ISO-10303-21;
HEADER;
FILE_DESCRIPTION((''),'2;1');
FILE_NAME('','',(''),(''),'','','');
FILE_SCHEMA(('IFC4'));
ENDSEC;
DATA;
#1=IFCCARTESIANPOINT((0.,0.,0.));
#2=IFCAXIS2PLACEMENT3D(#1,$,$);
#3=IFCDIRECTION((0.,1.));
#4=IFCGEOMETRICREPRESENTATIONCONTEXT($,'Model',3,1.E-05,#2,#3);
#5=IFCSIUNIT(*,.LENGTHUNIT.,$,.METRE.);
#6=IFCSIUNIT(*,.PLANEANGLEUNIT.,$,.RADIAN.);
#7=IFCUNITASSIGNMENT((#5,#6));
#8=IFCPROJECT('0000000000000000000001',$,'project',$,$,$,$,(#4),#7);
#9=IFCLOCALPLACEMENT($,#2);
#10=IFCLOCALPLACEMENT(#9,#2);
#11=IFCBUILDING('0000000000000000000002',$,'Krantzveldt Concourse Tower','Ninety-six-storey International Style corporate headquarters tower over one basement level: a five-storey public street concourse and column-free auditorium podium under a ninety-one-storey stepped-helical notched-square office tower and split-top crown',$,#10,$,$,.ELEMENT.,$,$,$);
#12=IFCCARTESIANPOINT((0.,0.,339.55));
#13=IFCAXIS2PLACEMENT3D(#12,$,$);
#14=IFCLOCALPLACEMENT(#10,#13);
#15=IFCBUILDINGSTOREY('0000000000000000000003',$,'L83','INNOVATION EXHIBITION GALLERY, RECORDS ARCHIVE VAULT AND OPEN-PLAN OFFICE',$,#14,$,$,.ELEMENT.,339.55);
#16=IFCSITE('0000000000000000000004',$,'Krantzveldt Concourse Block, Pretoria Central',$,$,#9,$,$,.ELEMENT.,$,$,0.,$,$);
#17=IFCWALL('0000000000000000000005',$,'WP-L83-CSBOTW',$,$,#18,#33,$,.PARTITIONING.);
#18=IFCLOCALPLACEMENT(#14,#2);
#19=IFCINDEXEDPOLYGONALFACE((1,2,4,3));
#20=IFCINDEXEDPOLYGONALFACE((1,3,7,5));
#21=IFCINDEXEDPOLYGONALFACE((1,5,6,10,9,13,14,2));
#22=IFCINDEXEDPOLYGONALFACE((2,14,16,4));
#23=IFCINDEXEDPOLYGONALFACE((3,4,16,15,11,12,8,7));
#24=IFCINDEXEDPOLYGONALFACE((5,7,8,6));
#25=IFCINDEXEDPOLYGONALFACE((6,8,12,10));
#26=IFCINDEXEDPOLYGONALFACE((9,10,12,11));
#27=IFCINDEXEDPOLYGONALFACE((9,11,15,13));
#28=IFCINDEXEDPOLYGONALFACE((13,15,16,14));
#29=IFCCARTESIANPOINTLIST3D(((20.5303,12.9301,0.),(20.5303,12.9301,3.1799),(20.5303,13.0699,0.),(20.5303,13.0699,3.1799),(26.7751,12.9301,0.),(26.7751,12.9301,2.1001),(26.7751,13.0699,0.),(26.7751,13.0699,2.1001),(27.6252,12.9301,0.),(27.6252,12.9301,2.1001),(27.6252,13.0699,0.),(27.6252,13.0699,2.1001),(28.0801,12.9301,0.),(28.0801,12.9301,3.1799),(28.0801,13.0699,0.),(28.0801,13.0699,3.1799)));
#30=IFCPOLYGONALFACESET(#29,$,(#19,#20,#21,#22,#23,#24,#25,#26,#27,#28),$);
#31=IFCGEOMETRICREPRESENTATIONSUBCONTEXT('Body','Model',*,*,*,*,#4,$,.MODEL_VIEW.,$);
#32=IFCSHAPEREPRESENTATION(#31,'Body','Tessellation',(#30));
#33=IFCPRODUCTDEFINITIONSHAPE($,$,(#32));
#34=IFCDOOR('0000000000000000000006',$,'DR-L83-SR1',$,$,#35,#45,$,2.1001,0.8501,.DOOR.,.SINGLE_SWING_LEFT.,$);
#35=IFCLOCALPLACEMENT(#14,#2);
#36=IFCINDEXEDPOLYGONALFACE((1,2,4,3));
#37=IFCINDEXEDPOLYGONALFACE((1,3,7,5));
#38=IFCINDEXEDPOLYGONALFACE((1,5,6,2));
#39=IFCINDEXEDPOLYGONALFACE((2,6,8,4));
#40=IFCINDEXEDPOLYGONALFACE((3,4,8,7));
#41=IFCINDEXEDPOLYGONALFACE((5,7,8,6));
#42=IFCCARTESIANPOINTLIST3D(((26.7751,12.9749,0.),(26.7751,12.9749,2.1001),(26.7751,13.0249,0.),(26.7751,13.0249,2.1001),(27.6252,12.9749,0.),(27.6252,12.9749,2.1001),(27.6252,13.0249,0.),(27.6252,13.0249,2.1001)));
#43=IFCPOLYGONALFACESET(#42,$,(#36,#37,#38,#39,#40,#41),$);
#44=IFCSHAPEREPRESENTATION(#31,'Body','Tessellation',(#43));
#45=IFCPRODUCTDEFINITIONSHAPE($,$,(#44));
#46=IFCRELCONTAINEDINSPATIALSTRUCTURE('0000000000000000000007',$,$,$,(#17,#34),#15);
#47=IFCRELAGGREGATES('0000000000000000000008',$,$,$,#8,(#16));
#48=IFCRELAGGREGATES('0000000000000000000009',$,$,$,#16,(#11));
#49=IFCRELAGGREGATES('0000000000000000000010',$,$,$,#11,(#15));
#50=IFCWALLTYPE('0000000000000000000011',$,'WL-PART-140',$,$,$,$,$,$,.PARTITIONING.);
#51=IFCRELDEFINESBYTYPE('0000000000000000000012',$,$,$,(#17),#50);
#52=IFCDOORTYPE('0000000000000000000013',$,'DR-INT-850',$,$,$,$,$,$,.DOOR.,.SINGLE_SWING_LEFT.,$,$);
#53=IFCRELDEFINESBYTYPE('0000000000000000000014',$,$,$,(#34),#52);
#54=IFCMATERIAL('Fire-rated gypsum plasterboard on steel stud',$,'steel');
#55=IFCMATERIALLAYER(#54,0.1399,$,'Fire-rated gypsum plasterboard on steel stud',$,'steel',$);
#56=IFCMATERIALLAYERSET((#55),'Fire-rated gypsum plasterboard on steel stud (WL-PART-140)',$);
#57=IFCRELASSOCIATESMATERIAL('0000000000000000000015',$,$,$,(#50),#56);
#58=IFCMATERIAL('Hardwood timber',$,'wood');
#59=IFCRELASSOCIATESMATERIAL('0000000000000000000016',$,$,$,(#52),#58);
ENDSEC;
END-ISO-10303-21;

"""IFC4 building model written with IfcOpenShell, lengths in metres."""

from ifc_helpers import new_model, si_unit, direction, frame, frame_2d, origin, place, context, subcontext, project, spatial, rectangle, extrude, material, layer, layer_set, type_object, element, fill, save


model = new_model("IFC4")

# Units and contexts
model_context = context("Model", 3, precision=1e-05, world=origin(), true_north=direction((0.0, 1.0)))
body_context = subcontext(model_context, "Body", "Model", "MODEL_VIEW")
ifc_project = project(units=[si_unit("LENGTHUNIT", "METRE"), si_unit("PLANEANGLEUNIT", "RADIAN")], contexts=[model_context])

# Site, building, storey
site_placement = place(None, origin())
site = spatial("IfcSite", under=ifc_project, at=site_placement, Name="Krantzveldt Concourse Block, Pretoria Central", CompositionType="ELEMENT", RefElevation=0.0)
building_placement = place(site_placement, origin())
building = spatial("IfcBuilding", under=site, at=building_placement, Name="Krantzveldt Concourse Tower", Description="Ninety-six-storey International Style corporate headquarters tower over one basement level: a five-storey public street concourse and column-free auditorium podium under a ninety-one-storey stepped-helical notched-square office tower and split-top crown", CompositionType="ELEMENT")
storey_placement = place(building_placement, frame((0.0, 0.0, 339.55)))
storey = spatial("IfcBuildingStorey", under=building, at=storey_placement, Name="L83", Description="INNOVATION EXHIBITION GALLERY, RECORDS ARCHIVE VAULT AND OPEN-PLAN OFFICE", CompositionType="ELEMENT", Elevation=339.55)

# Shared definitions
ifc_material_1 = material(Name="Fire-rated gypsum plasterboard on steel stud", Category="steel")

# Wall, opening, door
ifc_layer_1 = layer(ifc_material_1, 0.1399, Name="Fire-rated gypsum plasterboard on steel stud", Category="steel")
ifc_layer_set_1 = layer_set([ifc_layer_1], Name="Fire-rated gypsum plasterboard on steel stud (WL-PART-140)")
wall_type_1 = type_object("IfcWallType", Name="WL-PART-140", PredefinedType="PARTITIONING", material=ifc_layer_set_1)
wall_1_placement = place(storey_placement, frame((20.5303, 13.0, 0.0), z_axis=(0.0, 0.0, 1.0), x_axis=(1.0, 0.0, 0.0)))
wall_1 = element("IfcWall", 1, at=wall_1_placement, inside=storey, type_object=wall_type_1, Name="WP-L83-CSBOTW", PredefinedType="PARTITIONING", context=body_context, shape_type="SweptSolid", body=[
    extrude(rectangle(XDim=7.5498, YDim=0.1399, at=frame_2d((3.7749, 0.0))), origin(), (0.0, 0.0, 1.0), 3.1799),
])
opening_placement = place(wall_1_placement, frame((6.2449, 0.0, 0.0)))
opening = element("IfcOpeningElement", 2, at=opening_placement, cuts=wall_1, PredefinedType="OPENING", context=body_context, shape_type="SweptSolid", body=[
    extrude(rectangle(XDim=0.8501, YDim=2.1001, at=frame_2d((0.425, 1.05))), frame((0.0, 0.0801, 0.0), z_axis=(0.0, -1.0, 0.0), x_axis=(1.0, 0.0, 0.0)), (0.0, 0.0, 1.0), 0.1599),
])
ifc_material_2 = material(Name="Hardwood timber", Category="wood")
door_type = type_object("IfcDoorType", Name="DR-INT-850", OperationType="SINGLE_SWING_LEFT", PredefinedType="DOOR", material=ifc_material_2)
door_placement = place(opening_placement, origin())
door = element("IfcDoor", 3, at=door_placement, inside=storey, type_object=door_type, Name="DR-L83-SR1", OperationType="SINGLE_SWING_LEFT", OverallHeight=2.1001, OverallWidth=0.8501, PredefinedType="DOOR", context=body_context, shape_type="SweptSolid", body=[
    extrude(rectangle(XDim=0.8501, YDim=2.1001, at=frame_2d((0.425, 1.05))), frame((0.0, 0.0249, 0.0), z_axis=(0.0, -1.0, 0.0), x_axis=(1.0, 0.0, 0.0)), (0.0, 0.0, 1.0), 0.05),
])
fill(opening, door)

save(model, "model.ifc")
